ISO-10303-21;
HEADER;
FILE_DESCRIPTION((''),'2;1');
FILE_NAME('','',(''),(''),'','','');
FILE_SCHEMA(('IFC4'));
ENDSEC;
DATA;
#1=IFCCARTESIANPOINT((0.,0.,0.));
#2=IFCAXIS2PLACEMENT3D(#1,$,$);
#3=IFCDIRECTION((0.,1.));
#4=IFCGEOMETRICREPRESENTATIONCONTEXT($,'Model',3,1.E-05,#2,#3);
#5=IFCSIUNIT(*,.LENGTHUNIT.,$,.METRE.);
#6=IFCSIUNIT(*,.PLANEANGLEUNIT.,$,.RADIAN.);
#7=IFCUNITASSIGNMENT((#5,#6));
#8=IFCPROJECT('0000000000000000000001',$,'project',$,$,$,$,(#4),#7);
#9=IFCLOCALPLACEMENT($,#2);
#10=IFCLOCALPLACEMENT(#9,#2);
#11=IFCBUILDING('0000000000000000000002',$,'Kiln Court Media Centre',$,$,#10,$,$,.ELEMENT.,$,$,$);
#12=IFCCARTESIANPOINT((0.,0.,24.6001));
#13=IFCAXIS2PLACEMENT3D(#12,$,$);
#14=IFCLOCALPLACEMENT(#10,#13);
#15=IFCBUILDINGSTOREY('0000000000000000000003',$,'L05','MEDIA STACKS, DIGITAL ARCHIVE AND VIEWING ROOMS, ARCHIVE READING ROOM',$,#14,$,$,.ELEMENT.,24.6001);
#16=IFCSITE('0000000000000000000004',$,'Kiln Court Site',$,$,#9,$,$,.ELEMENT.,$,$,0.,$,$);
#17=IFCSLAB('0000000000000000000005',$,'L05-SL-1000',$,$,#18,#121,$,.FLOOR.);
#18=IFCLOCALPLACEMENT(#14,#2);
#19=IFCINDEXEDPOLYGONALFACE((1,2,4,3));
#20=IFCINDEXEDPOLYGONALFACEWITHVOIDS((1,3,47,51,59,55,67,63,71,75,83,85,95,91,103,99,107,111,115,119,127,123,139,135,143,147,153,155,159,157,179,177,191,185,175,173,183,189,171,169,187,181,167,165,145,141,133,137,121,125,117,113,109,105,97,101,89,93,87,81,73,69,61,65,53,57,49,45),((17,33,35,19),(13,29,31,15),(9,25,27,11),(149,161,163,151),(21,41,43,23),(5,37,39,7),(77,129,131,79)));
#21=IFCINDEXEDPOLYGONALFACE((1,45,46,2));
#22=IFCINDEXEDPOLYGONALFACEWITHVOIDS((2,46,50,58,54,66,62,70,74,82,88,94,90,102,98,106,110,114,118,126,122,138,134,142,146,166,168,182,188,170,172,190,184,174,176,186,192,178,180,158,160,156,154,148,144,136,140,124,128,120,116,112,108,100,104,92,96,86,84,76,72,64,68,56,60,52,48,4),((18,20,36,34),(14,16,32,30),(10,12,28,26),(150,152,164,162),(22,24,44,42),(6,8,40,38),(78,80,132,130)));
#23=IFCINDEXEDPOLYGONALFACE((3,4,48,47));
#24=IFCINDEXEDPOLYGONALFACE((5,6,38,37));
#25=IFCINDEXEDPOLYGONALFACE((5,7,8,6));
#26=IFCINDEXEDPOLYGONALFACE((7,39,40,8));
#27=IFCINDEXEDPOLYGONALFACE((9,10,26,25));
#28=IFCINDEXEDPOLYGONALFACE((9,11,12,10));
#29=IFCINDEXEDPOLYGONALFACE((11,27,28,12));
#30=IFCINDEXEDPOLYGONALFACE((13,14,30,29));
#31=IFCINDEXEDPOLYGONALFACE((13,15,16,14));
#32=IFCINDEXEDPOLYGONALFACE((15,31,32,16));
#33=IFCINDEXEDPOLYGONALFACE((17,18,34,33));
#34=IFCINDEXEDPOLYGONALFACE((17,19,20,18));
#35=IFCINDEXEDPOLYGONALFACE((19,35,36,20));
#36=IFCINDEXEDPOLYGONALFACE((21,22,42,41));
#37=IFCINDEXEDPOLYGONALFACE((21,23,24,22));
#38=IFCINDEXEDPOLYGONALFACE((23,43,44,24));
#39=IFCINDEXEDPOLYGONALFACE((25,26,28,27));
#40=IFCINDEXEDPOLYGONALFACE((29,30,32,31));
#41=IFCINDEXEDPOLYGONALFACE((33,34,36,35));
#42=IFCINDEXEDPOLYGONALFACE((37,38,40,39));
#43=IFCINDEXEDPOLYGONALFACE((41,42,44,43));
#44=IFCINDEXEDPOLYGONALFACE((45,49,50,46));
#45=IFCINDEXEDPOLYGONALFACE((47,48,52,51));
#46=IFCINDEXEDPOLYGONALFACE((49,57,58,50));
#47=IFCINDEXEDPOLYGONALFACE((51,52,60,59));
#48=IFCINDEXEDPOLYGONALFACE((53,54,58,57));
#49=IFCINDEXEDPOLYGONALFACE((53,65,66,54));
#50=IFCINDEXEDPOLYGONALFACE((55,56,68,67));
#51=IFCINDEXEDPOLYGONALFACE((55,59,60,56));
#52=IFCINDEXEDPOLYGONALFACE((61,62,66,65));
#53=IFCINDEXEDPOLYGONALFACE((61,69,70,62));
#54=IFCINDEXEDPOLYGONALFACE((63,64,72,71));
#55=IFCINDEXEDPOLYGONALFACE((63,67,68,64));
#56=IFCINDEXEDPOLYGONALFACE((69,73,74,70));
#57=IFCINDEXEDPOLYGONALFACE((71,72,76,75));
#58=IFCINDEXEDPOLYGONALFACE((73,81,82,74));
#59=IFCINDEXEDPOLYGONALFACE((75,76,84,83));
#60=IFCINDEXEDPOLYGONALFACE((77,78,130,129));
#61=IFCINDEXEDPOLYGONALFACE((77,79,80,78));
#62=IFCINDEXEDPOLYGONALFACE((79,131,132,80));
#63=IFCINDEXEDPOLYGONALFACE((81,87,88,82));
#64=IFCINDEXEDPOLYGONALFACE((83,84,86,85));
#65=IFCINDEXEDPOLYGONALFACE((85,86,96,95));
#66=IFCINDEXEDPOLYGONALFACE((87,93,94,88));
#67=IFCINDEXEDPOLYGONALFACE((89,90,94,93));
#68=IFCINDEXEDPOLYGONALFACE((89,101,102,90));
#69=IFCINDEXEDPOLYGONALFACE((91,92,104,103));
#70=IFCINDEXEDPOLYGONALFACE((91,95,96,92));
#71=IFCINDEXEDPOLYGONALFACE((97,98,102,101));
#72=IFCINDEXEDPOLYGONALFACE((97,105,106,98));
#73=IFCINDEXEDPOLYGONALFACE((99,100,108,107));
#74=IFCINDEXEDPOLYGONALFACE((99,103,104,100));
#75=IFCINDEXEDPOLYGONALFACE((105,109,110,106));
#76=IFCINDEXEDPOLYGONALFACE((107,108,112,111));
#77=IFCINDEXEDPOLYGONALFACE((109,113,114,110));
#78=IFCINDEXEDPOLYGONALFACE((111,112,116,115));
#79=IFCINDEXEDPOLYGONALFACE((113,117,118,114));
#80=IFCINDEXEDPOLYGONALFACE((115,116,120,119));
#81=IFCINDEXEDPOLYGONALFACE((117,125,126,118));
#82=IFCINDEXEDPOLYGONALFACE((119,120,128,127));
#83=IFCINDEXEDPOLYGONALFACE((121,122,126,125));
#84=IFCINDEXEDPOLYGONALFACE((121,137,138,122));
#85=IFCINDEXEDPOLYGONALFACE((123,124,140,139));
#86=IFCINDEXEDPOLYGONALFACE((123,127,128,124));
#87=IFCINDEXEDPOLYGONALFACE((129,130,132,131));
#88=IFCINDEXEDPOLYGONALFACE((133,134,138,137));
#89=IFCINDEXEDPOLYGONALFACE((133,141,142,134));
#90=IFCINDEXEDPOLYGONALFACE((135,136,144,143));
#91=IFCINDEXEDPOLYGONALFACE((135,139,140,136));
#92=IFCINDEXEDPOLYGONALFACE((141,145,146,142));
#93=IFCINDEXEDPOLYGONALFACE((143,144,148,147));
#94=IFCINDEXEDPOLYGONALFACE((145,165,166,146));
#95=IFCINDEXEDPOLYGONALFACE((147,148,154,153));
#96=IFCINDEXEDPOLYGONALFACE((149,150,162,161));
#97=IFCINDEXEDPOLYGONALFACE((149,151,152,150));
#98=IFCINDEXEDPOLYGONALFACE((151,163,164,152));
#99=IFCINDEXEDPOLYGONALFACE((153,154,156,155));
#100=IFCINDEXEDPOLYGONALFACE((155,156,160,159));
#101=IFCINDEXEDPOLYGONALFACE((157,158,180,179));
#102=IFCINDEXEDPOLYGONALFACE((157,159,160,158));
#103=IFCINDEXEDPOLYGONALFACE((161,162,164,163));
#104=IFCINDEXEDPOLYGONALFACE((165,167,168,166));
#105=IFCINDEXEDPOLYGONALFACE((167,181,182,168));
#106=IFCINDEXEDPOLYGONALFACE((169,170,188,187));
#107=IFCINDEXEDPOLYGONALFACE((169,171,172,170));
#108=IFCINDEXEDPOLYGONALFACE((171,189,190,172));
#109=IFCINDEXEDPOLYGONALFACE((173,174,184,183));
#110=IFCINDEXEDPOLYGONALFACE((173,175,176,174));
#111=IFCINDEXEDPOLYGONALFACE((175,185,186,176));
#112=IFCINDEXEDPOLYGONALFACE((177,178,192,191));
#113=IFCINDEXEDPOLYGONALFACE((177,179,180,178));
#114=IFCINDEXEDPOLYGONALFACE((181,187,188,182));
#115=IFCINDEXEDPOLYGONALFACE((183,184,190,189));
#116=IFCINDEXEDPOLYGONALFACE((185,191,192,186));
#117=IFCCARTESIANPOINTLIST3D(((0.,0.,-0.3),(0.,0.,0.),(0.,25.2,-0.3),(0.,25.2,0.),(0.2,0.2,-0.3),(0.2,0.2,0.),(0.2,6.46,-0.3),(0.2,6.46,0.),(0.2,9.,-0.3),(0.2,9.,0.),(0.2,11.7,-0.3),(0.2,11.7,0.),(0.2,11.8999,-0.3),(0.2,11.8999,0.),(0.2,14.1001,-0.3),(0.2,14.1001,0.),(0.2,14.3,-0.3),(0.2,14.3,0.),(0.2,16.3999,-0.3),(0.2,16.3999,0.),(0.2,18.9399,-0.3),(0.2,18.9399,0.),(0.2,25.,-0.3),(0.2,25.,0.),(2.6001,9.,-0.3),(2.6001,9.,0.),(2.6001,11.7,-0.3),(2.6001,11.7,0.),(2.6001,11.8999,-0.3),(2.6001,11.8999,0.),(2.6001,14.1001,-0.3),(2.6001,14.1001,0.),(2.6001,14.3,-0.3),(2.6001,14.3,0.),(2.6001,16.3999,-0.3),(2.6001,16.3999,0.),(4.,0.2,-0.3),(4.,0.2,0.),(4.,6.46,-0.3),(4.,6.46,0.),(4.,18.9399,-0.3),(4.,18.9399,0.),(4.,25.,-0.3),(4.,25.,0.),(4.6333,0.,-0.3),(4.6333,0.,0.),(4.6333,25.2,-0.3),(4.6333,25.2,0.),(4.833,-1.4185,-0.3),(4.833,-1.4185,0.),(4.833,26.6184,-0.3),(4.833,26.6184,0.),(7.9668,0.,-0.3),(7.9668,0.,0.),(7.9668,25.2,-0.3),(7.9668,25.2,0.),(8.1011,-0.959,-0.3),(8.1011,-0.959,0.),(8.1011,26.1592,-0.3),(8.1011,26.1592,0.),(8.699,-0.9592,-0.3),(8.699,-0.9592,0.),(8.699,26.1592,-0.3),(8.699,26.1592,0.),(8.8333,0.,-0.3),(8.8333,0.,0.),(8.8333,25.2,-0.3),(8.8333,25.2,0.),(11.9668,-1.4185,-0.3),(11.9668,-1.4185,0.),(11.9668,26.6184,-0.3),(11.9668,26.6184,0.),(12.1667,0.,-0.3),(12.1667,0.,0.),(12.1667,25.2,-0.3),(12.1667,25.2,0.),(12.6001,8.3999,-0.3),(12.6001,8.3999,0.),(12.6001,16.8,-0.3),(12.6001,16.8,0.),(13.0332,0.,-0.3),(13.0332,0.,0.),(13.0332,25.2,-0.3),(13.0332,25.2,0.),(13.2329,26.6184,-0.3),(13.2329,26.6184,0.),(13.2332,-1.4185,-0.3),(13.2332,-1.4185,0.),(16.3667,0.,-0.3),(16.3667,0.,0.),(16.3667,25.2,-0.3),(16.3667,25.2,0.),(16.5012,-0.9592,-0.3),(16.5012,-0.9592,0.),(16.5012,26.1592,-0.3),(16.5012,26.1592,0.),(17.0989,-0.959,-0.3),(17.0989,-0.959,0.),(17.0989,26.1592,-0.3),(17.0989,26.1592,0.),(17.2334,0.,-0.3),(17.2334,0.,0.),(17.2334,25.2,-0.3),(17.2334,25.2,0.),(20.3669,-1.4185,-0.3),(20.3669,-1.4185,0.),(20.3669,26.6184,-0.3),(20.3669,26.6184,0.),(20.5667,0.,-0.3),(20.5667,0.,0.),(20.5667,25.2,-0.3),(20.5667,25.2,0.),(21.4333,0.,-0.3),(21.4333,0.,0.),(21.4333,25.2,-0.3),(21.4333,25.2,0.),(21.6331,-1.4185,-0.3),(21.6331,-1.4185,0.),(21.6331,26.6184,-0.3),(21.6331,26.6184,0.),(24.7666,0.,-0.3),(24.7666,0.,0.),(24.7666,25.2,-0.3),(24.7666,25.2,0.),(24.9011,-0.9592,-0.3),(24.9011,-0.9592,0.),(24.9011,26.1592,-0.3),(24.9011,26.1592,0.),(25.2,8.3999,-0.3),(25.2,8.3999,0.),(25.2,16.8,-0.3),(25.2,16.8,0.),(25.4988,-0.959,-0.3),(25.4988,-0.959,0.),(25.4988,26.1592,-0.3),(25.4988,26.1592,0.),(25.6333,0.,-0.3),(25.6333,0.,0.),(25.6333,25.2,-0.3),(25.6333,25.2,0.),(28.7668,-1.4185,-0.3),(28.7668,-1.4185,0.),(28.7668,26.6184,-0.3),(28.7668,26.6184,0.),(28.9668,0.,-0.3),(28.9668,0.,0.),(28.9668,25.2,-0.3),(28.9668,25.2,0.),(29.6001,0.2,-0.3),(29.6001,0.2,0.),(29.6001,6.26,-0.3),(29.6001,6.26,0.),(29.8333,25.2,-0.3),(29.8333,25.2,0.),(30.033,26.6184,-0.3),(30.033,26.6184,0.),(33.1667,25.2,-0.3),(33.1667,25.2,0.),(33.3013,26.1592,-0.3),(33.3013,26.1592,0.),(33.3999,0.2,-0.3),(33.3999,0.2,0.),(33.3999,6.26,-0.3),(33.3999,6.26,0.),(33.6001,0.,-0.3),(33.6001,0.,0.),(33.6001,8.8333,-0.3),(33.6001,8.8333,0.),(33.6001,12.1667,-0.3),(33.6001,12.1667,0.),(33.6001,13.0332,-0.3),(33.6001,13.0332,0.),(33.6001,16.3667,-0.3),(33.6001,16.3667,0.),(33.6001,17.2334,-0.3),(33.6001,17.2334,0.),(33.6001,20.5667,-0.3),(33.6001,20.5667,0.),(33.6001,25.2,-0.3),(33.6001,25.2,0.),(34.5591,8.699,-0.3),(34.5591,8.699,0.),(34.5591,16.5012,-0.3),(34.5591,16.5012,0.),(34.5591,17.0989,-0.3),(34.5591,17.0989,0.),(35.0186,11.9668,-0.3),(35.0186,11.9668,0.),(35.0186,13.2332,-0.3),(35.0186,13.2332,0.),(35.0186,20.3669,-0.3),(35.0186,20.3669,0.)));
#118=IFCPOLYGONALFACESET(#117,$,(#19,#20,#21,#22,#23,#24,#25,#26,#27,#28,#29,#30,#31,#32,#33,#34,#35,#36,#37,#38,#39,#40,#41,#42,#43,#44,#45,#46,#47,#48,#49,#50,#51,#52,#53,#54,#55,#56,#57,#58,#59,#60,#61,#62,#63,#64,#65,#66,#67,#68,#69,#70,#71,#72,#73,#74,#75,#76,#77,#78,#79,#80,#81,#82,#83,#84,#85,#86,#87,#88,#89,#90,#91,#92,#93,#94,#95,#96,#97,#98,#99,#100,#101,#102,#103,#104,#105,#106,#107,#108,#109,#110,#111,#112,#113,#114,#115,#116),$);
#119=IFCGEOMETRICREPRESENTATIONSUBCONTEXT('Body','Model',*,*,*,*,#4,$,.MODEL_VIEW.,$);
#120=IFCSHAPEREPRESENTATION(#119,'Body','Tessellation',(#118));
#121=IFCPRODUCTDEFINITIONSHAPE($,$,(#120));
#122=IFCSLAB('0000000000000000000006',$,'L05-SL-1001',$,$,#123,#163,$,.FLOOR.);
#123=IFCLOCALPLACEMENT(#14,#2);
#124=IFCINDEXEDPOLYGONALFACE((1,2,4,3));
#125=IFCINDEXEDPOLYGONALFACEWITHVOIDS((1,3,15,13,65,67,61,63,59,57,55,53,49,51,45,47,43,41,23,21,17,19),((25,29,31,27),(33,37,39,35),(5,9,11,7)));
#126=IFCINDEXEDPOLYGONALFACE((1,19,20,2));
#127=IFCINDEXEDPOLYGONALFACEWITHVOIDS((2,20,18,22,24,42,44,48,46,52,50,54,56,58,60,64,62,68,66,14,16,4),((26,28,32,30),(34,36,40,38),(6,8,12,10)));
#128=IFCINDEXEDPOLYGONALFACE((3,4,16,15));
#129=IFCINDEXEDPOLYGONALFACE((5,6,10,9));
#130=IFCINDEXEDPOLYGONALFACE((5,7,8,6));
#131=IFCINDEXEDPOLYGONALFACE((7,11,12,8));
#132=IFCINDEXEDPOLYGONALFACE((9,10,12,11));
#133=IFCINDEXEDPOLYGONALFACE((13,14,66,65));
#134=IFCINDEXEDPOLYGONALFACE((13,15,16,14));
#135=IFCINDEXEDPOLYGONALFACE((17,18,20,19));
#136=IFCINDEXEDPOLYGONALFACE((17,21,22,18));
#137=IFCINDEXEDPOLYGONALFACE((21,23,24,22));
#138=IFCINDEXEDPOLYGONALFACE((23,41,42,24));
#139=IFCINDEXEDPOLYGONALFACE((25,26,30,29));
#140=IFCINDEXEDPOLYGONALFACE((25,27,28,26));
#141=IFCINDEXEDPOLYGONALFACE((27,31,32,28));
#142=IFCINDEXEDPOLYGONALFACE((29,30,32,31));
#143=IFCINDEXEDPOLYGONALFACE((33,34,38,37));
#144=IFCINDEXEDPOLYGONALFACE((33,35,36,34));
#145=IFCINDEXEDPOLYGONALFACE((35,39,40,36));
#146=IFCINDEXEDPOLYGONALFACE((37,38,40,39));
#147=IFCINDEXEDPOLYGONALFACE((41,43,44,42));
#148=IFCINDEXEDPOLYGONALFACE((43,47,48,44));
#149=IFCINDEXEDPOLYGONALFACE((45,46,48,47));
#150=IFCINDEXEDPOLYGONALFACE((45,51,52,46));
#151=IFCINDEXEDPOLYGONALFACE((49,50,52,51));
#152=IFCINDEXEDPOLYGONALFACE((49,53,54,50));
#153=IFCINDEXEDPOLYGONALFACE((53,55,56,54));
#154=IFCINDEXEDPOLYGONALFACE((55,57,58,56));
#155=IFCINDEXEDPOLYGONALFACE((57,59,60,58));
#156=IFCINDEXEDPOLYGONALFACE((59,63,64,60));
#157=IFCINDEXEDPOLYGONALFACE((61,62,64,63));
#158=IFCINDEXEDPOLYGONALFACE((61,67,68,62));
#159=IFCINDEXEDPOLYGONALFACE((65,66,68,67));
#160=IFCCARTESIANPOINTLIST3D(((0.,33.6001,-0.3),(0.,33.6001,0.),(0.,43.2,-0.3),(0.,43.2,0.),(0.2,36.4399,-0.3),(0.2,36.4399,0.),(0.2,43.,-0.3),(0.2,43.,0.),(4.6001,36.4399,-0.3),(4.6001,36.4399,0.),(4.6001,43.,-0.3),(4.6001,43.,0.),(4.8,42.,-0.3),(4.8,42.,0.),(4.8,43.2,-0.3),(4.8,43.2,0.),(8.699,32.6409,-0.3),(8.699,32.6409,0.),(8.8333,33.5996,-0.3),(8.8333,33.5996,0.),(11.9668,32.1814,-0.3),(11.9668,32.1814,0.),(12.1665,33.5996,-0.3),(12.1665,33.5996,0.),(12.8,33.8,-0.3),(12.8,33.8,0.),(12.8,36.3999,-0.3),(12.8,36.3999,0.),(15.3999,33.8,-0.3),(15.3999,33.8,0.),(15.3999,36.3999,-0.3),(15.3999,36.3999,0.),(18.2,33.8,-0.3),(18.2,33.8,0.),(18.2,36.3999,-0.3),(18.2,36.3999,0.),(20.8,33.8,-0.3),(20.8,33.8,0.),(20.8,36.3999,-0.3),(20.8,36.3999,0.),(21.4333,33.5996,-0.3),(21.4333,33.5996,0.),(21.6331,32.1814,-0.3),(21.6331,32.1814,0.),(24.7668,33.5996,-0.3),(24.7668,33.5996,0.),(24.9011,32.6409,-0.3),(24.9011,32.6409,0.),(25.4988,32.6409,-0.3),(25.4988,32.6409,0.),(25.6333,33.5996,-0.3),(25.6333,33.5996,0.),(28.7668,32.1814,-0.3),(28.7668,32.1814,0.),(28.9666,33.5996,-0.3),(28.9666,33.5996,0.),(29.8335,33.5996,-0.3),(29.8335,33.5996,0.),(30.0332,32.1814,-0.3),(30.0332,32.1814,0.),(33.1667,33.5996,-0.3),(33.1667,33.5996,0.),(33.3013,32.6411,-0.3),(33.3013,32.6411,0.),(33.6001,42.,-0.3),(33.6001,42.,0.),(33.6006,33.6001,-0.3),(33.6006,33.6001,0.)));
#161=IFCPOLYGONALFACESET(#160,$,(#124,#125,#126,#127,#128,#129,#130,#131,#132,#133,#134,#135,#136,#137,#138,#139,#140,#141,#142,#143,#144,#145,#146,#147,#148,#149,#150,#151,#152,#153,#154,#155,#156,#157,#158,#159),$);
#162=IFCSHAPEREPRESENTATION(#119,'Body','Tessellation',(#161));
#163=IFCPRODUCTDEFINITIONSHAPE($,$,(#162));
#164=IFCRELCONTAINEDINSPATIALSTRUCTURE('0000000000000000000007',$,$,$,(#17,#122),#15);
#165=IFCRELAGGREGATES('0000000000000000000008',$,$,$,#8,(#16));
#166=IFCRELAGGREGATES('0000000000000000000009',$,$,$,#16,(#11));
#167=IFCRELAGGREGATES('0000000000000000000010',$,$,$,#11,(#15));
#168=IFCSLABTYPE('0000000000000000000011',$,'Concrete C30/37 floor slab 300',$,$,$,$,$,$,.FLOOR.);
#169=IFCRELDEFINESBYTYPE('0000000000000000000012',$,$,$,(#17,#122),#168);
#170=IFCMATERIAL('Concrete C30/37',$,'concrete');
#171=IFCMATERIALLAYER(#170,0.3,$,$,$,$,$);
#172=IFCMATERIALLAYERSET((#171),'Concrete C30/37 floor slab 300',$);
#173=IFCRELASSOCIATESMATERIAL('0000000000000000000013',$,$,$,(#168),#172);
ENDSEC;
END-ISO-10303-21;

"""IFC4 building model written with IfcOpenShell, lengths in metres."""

from ifc_helpers import new_model, si_unit, direction, frame, origin, place, context, subcontext, project, spatial, polyline, outline, extrude, material, layer, layer_set, type_object, element, save


model = new_model("IFC4")

# Units and contexts
model_context = context("Model", 3, precision=1e-05, world=origin(), true_north=direction((0.0, 1.0)))
body_context = subcontext(model_context, "Body", "Model", "MODEL_VIEW")
ifc_project = project(units=[si_unit("LENGTHUNIT", "METRE"), si_unit("PLANEANGLEUNIT", "RADIAN")], contexts=[model_context])

# Site, building, storey
site_placement = place(None, origin())
site = spatial("IfcSite", under=ifc_project, at=site_placement, Name="Kiln Court Site", CompositionType="ELEMENT", RefElevation=0.0)
building_placement = place(site_placement, origin())
building = spatial("IfcBuilding", under=site, at=building_placement, Name="Kiln Court Media Centre", CompositionType="ELEMENT")
storey_placement = place(building_placement, frame((0.0, 0.0, 24.6001)))
storey = spatial("IfcBuildingStorey", under=building, at=storey_placement, Name="L05", Description="MEDIA STACKS, DIGITAL ARCHIVE AND VIEWING ROOMS, ARCHIVE READING ROOM", CompositionType="ELEMENT", Elevation=24.6001)

# Slabs
ifc_material_1 = material(Name="Concrete C30/37", Category="concrete")
ifc_layer_1 = layer(ifc_material_1, 0.3)
ifc_layer_set_1 = layer_set([ifc_layer_1], Name="Concrete C30/37 floor slab 300")
slab_type = type_object("IfcSlabType", Name="Concrete C30/37 floor slab 300", PredefinedType="FLOOR", material=ifc_layer_set_1)
slab_1_placement = place(storey_placement, frame((0.0, 0.0, -0.3)))
element("IfcSlab", 1, at=slab_1_placement, inside=storey, type_object=slab_type, Name="L05-SL-1000", PredefinedType="FLOOR", context=body_context, shape_type="SweptSolid", body=[
    extrude(outline(polyline([(4.833, -1.4185), (4.6333, 0.0), (0.0, 0.0), (0.0, 25.2), (4.6333, 25.2), (4.833, 26.6184), (8.1011, 26.1592), (7.9668, 25.2), (8.8333, 25.2), (8.699, 26.1592), (11.9668, 26.6184), (12.1667, 25.2), (13.0332, 25.2), (13.2329, 26.6184), (16.5012, 26.1592), (16.3667, 25.2), (17.2334, 25.2), (17.0989, 26.1592), (20.3669, 26.6184), (20.5667, 25.2), (21.4333, 25.2), (21.6331, 26.6184), (24.9011, 26.1592), (24.7666, 25.2), (25.6333, 25.2), (25.4988, 26.1592), (28.7668, 26.6184), (28.9668, 25.2), (29.8333, 25.2), (30.033, 26.6184), (33.3013, 26.1592), (33.1667, 25.2), (33.6001, 25.2), (33.6001, 20.5667), (35.0186, 20.3669), (34.5591, 17.0989), (33.6001, 17.2334), (33.6001, 16.3667), (34.5591, 16.5012), (35.0186, 13.2332), (33.6001, 13.0332), (33.6001, 12.1667), (35.0186, 11.9668), (34.5591, 8.699), (33.6001, 8.8333), (33.6001, 0.0), (28.9668, 0.0), (28.7668, -1.4185), (25.4988, -0.959), (25.6333, 0.0), (24.7666, 0.0), (24.9011, -0.9592), (21.6331, -1.4185), (21.4333, 0.0), (20.5667, 0.0), (20.3669, -1.4185), (17.0989, -0.959), (17.2334, 0.0), (16.3667, 0.0), (16.5012, -0.9592), (13.2332, -1.4185), (13.0332, 0.0), (12.1667, 0.0), (11.9668, -1.4185), (8.699, -0.9592), (8.8333, 0.0), (7.9668, 0.0), (8.1011, -0.959), (4.833, -1.4185)]), holes=[polyline([(0.2, 0.2), (4.0, 0.2), (4.0, 6.46), (0.2, 6.46), (0.2, 0.2)]), polyline([(29.6001, 0.2), (33.3999, 0.2), (33.3999, 6.26), (29.6001, 6.26), (29.6001, 0.2)]), polyline([(12.6001, 8.3999), (25.2, 8.3999), (25.2, 16.8), (12.6001, 16.8), (12.6001, 8.3999)]), polyline([(0.2, 9.0), (2.6001, 9.0), (2.6001, 11.7), (0.2, 11.7), (0.2, 9.0)]), polyline([(0.2, 11.8999), (2.6001, 11.8999), (2.6001, 14.1001), (0.2, 14.1001), (0.2, 11.8999)]), polyline([(0.2, 14.3), (2.6001, 14.3), (2.6001, 16.3999), (0.2, 16.3999), (0.2, 14.3)]), polyline([(0.2, 18.9399), (4.0, 18.9399), (4.0, 25.0), (0.2, 25.0), (0.2, 18.9399)])]), origin(), (0.0, 0.0, 1.0), 0.3),
])
slab_2_placement = place(storey_placement, frame((0.0, 0.0, -0.3)))
element("IfcSlab", 2, at=slab_2_placement, inside=storey, type_object=slab_type, Name="L05-SL-1001", PredefinedType="FLOOR", context=body_context, shape_type="SweptSolid", body=[
    extrude(outline(polyline([(11.9668, 32.1814), (8.699, 32.6409), (8.8333, 33.5996), (0.0, 33.6001), (0.0, 43.2), (4.8, 43.2), (4.8, 42.0), (33.6001, 42.0), (33.6006, 33.6001), (33.1667, 33.5996), (33.3013, 32.6411), (30.0332, 32.1814), (29.8335, 33.5996), (28.9666, 33.5996), (28.7668, 32.1814), (25.4988, 32.6409), (25.6333, 33.5996), (24.7668, 33.5996), (24.9011, 32.6409), (21.6331, 32.1814), (21.4333, 33.5996), (12.1665, 33.5996), (11.9668, 32.1814)]), holes=[polyline([(12.8, 33.8), (15.3999, 33.8), (15.3999, 36.3999), (12.8, 36.3999), (12.8, 33.8)]), polyline([(18.2, 33.8), (20.8, 33.8), (20.8, 36.3999), (18.2, 36.3999), (18.2, 33.8)]), polyline([(0.2, 36.4399), (4.6001, 36.4399), (4.6001, 43.0), (0.2, 43.0), (0.2, 36.4399)])]), origin(), (0.0, 0.0, 1.0), 0.3),
])

save(model, "model.ifc")
